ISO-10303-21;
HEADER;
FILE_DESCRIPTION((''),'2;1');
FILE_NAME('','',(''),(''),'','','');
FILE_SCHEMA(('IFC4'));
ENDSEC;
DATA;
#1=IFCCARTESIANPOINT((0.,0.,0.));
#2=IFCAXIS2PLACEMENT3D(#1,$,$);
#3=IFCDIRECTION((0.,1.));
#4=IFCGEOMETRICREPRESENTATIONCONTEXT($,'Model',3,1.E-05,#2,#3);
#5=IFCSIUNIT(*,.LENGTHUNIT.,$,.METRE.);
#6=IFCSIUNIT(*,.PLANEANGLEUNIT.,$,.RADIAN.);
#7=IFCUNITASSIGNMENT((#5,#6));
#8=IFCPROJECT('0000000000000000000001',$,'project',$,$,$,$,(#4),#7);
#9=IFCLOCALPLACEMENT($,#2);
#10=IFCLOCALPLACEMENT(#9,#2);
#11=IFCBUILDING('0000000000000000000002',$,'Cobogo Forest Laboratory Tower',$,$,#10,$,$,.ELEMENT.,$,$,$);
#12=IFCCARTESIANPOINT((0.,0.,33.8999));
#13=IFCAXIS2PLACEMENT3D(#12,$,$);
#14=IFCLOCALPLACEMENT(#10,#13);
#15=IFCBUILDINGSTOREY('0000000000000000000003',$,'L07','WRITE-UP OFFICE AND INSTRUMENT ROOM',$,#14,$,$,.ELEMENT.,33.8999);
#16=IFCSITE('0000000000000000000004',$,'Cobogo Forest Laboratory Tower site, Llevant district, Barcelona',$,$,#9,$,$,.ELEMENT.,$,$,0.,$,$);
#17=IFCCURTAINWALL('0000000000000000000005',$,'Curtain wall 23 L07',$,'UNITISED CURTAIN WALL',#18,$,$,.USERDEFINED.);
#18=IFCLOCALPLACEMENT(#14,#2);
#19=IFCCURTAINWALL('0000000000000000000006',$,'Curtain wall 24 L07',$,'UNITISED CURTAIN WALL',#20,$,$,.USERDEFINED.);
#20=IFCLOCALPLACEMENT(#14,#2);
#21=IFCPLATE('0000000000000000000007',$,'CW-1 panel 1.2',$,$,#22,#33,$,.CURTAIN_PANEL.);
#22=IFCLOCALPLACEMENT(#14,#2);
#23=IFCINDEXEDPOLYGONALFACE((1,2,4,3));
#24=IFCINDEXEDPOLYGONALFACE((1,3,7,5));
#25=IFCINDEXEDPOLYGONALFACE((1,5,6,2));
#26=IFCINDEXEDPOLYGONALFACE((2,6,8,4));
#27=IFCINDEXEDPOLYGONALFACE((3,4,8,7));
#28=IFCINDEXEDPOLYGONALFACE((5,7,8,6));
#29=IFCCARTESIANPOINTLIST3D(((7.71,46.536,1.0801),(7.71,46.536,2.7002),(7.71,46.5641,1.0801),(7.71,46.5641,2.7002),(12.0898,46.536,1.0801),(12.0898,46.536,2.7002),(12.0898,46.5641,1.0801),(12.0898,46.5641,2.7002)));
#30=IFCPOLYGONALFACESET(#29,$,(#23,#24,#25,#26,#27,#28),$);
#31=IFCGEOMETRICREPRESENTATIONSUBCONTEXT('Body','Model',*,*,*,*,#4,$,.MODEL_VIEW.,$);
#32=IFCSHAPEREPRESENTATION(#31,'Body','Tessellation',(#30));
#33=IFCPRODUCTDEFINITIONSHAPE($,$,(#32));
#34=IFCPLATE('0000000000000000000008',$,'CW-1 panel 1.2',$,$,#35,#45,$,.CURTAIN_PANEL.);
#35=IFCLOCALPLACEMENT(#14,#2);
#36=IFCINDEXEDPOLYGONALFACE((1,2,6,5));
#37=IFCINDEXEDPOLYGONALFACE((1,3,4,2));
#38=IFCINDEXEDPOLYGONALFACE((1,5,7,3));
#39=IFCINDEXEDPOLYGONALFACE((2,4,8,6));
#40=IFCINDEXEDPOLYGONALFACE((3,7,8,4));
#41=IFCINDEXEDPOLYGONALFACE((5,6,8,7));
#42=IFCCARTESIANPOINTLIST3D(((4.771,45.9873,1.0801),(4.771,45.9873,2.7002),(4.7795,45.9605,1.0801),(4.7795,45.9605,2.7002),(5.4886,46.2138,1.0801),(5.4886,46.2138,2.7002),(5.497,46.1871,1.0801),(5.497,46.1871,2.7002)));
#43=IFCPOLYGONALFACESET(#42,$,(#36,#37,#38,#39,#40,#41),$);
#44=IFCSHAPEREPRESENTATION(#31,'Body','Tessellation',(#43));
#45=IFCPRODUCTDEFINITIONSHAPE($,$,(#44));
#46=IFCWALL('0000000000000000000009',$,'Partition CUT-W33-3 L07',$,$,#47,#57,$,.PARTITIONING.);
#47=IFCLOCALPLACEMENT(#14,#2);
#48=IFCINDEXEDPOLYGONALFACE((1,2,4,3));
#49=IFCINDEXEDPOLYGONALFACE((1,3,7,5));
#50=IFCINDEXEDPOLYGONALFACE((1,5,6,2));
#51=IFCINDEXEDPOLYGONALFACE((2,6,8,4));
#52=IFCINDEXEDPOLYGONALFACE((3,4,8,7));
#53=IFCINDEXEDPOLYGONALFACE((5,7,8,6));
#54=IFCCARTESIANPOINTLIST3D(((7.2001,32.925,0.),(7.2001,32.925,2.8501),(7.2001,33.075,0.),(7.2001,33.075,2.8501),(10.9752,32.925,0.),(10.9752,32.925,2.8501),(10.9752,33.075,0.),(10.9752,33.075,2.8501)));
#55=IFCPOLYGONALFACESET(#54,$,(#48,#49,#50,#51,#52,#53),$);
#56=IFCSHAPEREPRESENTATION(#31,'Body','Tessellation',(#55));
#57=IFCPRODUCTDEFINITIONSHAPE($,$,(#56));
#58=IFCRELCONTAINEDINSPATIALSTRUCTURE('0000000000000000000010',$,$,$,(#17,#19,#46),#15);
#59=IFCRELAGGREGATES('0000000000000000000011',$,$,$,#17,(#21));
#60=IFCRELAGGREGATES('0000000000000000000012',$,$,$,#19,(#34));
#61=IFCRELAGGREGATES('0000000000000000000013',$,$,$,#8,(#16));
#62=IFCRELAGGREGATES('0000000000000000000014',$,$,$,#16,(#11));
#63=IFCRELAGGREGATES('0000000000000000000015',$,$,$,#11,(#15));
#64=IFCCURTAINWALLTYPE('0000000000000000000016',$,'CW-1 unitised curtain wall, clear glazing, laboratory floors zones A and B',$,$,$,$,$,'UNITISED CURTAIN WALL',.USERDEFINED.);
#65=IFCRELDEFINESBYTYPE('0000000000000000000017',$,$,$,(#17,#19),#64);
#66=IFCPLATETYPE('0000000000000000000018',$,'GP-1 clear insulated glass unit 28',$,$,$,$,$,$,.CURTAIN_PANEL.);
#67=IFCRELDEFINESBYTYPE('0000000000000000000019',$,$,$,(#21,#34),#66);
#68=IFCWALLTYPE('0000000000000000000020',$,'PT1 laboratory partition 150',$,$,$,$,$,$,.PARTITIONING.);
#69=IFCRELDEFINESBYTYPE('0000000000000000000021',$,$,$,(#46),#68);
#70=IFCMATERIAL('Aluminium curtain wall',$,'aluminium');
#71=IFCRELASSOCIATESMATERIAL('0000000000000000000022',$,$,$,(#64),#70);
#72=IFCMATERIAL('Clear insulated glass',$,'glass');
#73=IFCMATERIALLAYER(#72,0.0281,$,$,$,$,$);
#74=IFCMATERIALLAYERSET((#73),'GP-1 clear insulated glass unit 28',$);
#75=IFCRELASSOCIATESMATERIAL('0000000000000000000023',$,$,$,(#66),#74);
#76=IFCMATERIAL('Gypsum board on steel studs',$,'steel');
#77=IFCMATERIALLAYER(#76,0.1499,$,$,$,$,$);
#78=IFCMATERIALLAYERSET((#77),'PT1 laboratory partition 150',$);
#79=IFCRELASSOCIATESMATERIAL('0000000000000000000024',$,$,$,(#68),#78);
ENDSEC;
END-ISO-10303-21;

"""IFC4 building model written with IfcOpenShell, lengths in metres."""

from ifc_helpers import new_model, si_unit, direction, frame, frame_2d, origin, origin_2d, place, context, subcontext, project, spatial, rectangle, extrude, material, layer, layer_set, type_object, element, aggregate, save


model = new_model("IFC4")

# Units and contexts
model_context = context("Model", 3, precision=1e-05, world=origin(), true_north=direction((0.0, 1.0)))
body_context = subcontext(model_context, "Body", "Model", "MODEL_VIEW")
ifc_project = project(units=[si_unit("LENGTHUNIT", "METRE"), si_unit("PLANEANGLEUNIT", "RADIAN")], contexts=[model_context])

# Site, building, storey
site_placement = place(None, origin())
site = spatial("IfcSite", under=ifc_project, at=site_placement, Name="Cobogo Forest Laboratory Tower site, Llevant district, Barcelona", CompositionType="ELEMENT", RefElevation=0.0)
building_placement = place(site_placement, origin())
building = spatial("IfcBuilding", under=site, at=building_placement, Name="Cobogo Forest Laboratory Tower", CompositionType="ELEMENT")
storey_placement = place(building_placement, frame((0.0, 0.0, 33.8999)))
storey = spatial("IfcBuildingStorey", under=building, at=storey_placement, Name="L07", Description="WRITE-UP OFFICE AND INSTRUMENT ROOM", CompositionType="ELEMENT", Elevation=33.8999)

# Curtain walls
ifc_material_1 = material(Name="Aluminium curtain wall", Category="aluminium")
curtain_wall_type = type_object("IfcCurtainWallType", Name="CW-1 unitised curtain wall, clear glazing, laboratory floors zones A and B", ElementType="UNITISED CURTAIN WALL", PredefinedType="USERDEFINED", material=ifc_material_1)
curtain_wall_1_placement = place(storey_placement, origin())
curtain_wall_1 = element("IfcCurtainWall", 1, at=curtain_wall_1_placement, inside=storey, type_object=curtain_wall_type, Name="Curtain wall 23 L07", ObjectType="UNITISED CURTAIN WALL", PredefinedType="USERDEFINED")
curtain_wall_2_placement = place(storey_placement, origin())
curtain_wall_2 = element("IfcCurtainWall", 2, at=curtain_wall_2_placement, inside=storey, type_object=curtain_wall_type, Name="Curtain wall 24 L07", ObjectType="UNITISED CURTAIN WALL", PredefinedType="USERDEFINED")

# Plates
ifc_material_2 = material(Name="Clear insulated glass", Category="glass")
ifc_layer_1 = layer(ifc_material_2, 0.0281)
ifc_layer_set_1 = layer_set([ifc_layer_1], Name="GP-1 clear insulated glass unit 28")
plate_type_1 = type_object("IfcPlateType", Name="GP-1 clear insulated glass unit 28", PredefinedType="CURTAIN_PANEL", material=ifc_layer_set_1)
plate_1_placement = place(storey_placement, frame((9.8999, 46.55, 1.0801), z_axis=(0.0, 0.0, 1.0), x_axis=(-1.0, 0.0, 0.0)))
plate_1 = element("IfcPlate", 3, at=plate_1_placement, type_object=plate_type_1, Name="CW-1 panel 1.2", PredefinedType="CURTAIN_PANEL", context=body_context, shape_type="SweptSolid", body=[
    extrude(rectangle(XDim=4.3799, YDim=0.0281, at=origin_2d()), origin(), (0.0, 0.0, 1.0), 1.6201),
])
aggregate(curtain_wall_1, [plate_1])
plate_2_placement = place(storey_placement, frame((5.134, 46.0872, 1.0801), z_axis=(0.0, 0.0, 1.0), x_axis=(-0.953582, -0.301135, 0.0)))
plate_2 = element("IfcPlate", 4, at=plate_2_placement, type_object=plate_type_1, Name="CW-1 panel 1.2", PredefinedType="CURTAIN_PANEL", context=body_context, shape_type="SweptSolid", body=[
    extrude(rectangle(XDim=0.7524, YDim=0.0281, at=origin_2d()), origin(), (0.0, 0.0, 1.0), 1.6201),
])
aggregate(curtain_wall_2, [plate_2])

# Wall
ifc_material_3 = material(Name="Gypsum board on steel studs", Category="steel")
ifc_layer_2 = layer(ifc_material_3, 0.1499)
ifc_layer_set_2 = layer_set([ifc_layer_2], Name="PT1 laboratory partition 150")
wall_type = type_object("IfcWallType", Name="PT1 laboratory partition 150", PredefinedType="PARTITIONING", material=ifc_layer_set_2)
wall_placement = place(storey_placement, frame((7.2, 33.0, 0.0), z_axis=(0.0, 0.0, 1.0), x_axis=(1.0, 0.0, 0.0)))
element("IfcWall", 5, at=wall_placement, inside=storey, type_object=wall_type, Name="Partition CUT-W33-3 L07", PredefinedType="PARTITIONING", context=body_context, shape_type="SweptSolid", body=[
    extrude(rectangle(XDim=3.7751, YDim=0.1499, at=frame_2d((1.8877, 0.0))), origin(), (0.0, 0.0, 1.0), 2.8501),
])

save(model, "model.ifc")
